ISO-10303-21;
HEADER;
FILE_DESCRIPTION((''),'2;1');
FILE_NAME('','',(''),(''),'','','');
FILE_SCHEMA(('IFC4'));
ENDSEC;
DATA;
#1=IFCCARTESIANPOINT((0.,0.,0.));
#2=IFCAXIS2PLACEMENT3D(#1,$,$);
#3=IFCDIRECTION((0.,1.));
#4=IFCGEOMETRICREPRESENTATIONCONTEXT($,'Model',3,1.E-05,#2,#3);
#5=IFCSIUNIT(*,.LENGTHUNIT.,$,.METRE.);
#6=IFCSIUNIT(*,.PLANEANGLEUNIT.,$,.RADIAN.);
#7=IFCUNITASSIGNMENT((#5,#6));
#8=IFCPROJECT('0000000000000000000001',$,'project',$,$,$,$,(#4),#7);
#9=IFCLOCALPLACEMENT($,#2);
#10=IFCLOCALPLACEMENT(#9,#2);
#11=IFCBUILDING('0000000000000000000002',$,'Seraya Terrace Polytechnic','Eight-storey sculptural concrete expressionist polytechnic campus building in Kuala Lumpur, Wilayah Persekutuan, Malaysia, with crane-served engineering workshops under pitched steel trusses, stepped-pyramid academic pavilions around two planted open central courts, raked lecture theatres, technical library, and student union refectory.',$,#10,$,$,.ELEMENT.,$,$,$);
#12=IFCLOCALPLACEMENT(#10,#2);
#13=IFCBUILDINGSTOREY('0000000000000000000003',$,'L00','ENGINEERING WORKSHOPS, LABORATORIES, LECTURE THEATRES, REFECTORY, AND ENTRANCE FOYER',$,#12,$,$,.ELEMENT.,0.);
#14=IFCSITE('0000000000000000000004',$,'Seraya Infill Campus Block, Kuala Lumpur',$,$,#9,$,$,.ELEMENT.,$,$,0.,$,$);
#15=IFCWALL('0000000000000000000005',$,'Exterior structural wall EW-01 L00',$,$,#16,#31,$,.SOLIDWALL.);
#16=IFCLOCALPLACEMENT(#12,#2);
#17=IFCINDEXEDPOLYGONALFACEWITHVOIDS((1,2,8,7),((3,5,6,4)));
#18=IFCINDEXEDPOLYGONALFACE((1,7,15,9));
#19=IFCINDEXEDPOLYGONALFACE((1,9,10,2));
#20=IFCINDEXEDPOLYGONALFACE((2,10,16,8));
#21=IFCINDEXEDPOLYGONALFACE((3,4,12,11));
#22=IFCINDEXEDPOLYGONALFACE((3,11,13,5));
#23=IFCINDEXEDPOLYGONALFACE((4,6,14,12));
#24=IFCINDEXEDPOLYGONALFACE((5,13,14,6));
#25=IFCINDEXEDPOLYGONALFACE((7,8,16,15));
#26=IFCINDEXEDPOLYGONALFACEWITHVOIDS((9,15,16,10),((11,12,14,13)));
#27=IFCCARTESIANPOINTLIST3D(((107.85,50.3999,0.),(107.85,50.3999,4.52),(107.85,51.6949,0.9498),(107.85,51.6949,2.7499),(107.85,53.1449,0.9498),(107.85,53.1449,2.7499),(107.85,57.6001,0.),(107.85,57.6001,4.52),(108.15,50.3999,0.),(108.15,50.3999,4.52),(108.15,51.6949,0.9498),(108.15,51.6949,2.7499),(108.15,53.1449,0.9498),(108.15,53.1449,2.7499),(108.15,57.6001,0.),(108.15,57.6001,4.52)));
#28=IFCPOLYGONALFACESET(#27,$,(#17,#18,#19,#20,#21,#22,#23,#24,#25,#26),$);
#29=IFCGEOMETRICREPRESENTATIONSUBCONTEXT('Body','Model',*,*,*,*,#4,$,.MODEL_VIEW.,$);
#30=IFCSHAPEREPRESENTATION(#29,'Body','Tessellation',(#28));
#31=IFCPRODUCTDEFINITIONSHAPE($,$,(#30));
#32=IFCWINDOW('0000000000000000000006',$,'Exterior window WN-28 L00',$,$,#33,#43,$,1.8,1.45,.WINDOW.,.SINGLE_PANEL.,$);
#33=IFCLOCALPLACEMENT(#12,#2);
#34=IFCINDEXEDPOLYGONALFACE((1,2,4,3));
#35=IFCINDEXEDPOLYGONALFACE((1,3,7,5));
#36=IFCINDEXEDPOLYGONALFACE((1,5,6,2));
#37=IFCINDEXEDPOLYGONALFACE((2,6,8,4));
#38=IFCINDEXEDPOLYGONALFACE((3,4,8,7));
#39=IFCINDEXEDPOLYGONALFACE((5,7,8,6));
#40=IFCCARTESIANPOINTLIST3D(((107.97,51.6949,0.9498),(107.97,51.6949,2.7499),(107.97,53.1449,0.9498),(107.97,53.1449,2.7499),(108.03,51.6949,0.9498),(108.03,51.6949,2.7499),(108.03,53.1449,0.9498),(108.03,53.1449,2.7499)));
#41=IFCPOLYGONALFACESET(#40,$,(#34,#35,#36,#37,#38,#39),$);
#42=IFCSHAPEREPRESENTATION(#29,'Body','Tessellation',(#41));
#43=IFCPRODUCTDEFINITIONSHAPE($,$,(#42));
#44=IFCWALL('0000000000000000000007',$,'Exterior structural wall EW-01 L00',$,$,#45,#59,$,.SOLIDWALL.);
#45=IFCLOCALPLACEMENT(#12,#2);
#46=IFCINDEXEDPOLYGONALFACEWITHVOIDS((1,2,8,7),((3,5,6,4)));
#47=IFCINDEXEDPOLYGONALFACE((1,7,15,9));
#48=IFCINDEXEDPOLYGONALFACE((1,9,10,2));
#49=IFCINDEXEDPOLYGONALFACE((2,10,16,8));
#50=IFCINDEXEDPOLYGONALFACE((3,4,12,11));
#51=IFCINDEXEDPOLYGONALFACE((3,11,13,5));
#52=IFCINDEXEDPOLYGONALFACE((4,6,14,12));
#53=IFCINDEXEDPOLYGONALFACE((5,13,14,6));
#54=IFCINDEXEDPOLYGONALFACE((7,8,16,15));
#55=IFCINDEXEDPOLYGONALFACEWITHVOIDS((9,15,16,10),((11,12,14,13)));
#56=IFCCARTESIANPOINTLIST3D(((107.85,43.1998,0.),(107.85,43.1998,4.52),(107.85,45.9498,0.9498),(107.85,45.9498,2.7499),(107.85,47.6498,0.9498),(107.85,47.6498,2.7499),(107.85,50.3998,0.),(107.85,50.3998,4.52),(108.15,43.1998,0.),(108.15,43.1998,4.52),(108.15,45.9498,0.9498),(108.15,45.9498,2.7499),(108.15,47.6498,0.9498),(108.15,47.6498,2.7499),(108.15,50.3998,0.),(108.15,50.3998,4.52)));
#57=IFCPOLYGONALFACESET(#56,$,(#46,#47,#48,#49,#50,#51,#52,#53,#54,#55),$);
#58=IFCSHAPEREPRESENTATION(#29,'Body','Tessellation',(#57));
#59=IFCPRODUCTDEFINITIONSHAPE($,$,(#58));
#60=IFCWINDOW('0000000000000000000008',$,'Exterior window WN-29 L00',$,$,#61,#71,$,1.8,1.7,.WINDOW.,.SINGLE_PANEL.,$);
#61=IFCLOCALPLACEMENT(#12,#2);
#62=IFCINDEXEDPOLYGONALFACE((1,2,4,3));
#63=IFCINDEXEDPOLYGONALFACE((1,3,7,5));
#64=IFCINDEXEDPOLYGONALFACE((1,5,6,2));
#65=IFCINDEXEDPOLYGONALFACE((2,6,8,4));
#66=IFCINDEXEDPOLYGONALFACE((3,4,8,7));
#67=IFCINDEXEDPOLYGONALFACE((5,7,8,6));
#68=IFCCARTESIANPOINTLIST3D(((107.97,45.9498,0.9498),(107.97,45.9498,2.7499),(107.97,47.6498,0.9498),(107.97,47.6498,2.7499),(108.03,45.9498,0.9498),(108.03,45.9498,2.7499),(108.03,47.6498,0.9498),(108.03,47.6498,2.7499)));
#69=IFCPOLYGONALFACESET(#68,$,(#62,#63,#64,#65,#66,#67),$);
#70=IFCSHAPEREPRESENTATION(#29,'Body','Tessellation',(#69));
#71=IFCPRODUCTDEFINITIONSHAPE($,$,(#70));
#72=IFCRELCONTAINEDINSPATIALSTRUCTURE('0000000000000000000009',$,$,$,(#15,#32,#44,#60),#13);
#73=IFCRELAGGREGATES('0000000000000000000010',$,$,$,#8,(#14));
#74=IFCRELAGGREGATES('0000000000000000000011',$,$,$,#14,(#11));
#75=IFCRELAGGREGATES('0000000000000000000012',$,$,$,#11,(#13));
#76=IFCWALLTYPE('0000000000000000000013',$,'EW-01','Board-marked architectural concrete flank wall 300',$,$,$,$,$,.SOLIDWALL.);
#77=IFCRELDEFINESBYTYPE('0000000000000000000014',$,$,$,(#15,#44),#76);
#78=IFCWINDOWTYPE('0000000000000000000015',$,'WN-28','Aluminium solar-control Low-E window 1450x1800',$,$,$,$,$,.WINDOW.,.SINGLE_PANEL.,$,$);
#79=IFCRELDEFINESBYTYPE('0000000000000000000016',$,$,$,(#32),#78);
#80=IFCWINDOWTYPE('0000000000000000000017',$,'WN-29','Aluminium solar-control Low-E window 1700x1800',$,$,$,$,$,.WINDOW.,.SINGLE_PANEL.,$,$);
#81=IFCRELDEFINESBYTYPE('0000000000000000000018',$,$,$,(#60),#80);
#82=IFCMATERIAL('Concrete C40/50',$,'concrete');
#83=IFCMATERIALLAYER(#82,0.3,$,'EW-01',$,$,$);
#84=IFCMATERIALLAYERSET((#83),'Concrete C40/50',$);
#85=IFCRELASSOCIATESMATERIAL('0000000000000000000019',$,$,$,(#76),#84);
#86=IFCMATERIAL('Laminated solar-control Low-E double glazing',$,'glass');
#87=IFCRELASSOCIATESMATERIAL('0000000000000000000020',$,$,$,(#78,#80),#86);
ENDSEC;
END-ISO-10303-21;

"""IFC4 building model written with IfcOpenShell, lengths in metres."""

from ifc_helpers import new_model, si_unit, direction, frame, frame_2d, origin, place, context, subcontext, project, spatial, rectangle, extrude, material, layer, layer_set, type_object, element, fill, save


model = new_model("IFC4")

# Units and contexts
model_context = context("Model", 3, precision=1e-05, world=origin(), true_north=direction((0.0, 1.0)))
body_context = subcontext(model_context, "Body", "Model", "MODEL_VIEW")
ifc_project = project(units=[si_unit("LENGTHUNIT", "METRE"), si_unit("PLANEANGLEUNIT", "RADIAN")], contexts=[model_context])

# Site, building, storey
site_placement = place(None, origin())
site = spatial("IfcSite", under=ifc_project, at=site_placement, Name="Seraya Infill Campus Block, Kuala Lumpur", CompositionType="ELEMENT", RefElevation=0.0)
building_placement = place(site_placement, origin())
building = spatial("IfcBuilding", under=site, at=building_placement, Name="Seraya Terrace Polytechnic", Description="Eight-storey sculptural concrete expressionist polytechnic campus building in Kuala Lumpur, Wilayah Persekutuan, Malaysia, with crane-served engineering workshops under pitched steel trusses, stepped-pyramid academic pavilions around two planted open central courts, raked lecture theatres, technical library, and student union refectory.", CompositionType="ELEMENT")
storey_placement = place(building_placement, origin())
storey = spatial("IfcBuildingStorey", under=building, at=storey_placement, Name="L00", Description="ENGINEERING WORKSHOPS, LABORATORIES, LECTURE THEATRES, REFECTORY, AND ENTRANCE FOYER", CompositionType="ELEMENT", Elevation=0.0)

# Shared definitions
ifc_material_1 = material(Name="Concrete C40/50", Category="concrete")

# Walls, openings, windows
ifc_layer = layer(ifc_material_1, 0.3, Name="EW-01")
ifc_layer_set = layer_set([ifc_layer], Name="Concrete C40/50")
wall_type = type_object("IfcWallType", Name="EW-01", Description="Board-marked architectural concrete flank wall 300", PredefinedType="SOLIDWALL", material=ifc_layer_set)
wall_1_placement = place(storey_placement, frame((108.0, 57.6001, 0.0), z_axis=(0.0, 0.0, 1.0), x_axis=(0.0, -1.0, 0.0)))
wall_1 = element("IfcWall", 1, at=wall_1_placement, inside=storey, type_object=wall_type, Name="Exterior structural wall EW-01 L00", PredefinedType="SOLIDWALL", context=body_context, shape_type="SweptSolid", body=[
    extrude(rectangle(XDim=7.2002, YDim=0.3, at=frame_2d((3.6001, 0.0))), origin(), (0.0, 0.0, 1.0), 4.52),
])
opening_1_placement = place(wall_1_placement, frame((4.4551, 0.0, 0.95)))
opening_1 = element("IfcOpeningElement", 2, at=opening_1_placement, cuts=wall_1, PredefinedType="OPENING", context=body_context, shape_type="SweptSolid", body=[
    extrude(rectangle(XDim=1.45, YDim=1.8, at=frame_2d((0.7251, 0.8999))), frame((0.0, 0.1621, 0.0), z_axis=(0.0, -1.0, 0.0), x_axis=(1.0, 0.0, 0.0)), (0.0, 0.0, 1.0), 0.324),
])
ifc_material_2 = material(Name="Laminated solar-control Low-E double glazing", Category="glass")
window_type_1 = type_object("IfcWindowType", Name="WN-28", Description="Aluminium solar-control Low-E window 1450x1800", PartitioningType="SINGLE_PANEL", PredefinedType="WINDOW", material=ifc_material_2)
window_1_placement = place(opening_1_placement, origin())
window_1 = element("IfcWindow", 3, at=window_1_placement, inside=storey, type_object=window_type_1, Name="Exterior window WN-28 L00", OverallHeight=1.8, OverallWidth=1.45, PartitioningType="SINGLE_PANEL", PredefinedType="WINDOW", context=body_context, shape_type="SweptSolid", body=[
    extrude(rectangle(XDim=1.45, YDim=1.8, at=frame_2d((0.7251, 0.8999))), frame((0.0, 0.03, 0.0), z_axis=(0.0, -1.0, 0.0), x_axis=(1.0, 0.0, 0.0)), (0.0, 0.0, 1.0), 0.0601),
])
fill(opening_1, window_1)
wall_2_placement = place(storey_placement, frame((108.0, 50.3999, 0.0), z_axis=(0.0, 0.0, 1.0), x_axis=(0.0, -1.0, 0.0)))
wall_2 = element("IfcWall", 4, at=wall_2_placement, inside=storey, type_object=wall_type, Name="Exterior structural wall EW-01 L00", PredefinedType="SOLIDWALL", context=body_context, shape_type="SweptSolid", body=[
    extrude(rectangle(XDim=7.2, YDim=0.3, at=frame_2d((3.6001, 0.0))), origin(), (0.0, 0.0, 1.0), 4.52),
])
opening_2_placement = place(wall_2_placement, frame((2.75, 0.0, 0.95)))
opening_2 = element("IfcOpeningElement", 5, at=opening_2_placement, cuts=wall_2, PredefinedType="OPENING", context=body_context, shape_type="SweptSolid", body=[
    extrude(rectangle(XDim=1.7, YDim=1.8, at=frame_2d((0.8501, 0.8999))), frame((0.0, 0.1621, 0.0), z_axis=(0.0, -1.0, 0.0), x_axis=(1.0, 0.0, 0.0)), (0.0, 0.0, 1.0), 0.324),
])
window_type_2 = type_object("IfcWindowType", Name="WN-29", Description="Aluminium solar-control Low-E window 1700x1800", PartitioningType="SINGLE_PANEL", PredefinedType="WINDOW", material=ifc_material_2)
window_2_placement = place(opening_2_placement, origin())
window_2 = element("IfcWindow", 6, at=window_2_placement, inside=storey, type_object=window_type_2, Name="Exterior window WN-29 L00", OverallHeight=1.8, OverallWidth=1.7, PartitioningType="SINGLE_PANEL", PredefinedType="WINDOW", context=body_context, shape_type="SweptSolid", body=[
    extrude(rectangle(XDim=1.7, YDim=1.8, at=frame_2d((0.8501, 0.8999))), frame((0.0, 0.03, 0.0), z_axis=(0.0, -1.0, 0.0), x_axis=(1.0, 0.0, 0.0)), (0.0, 0.0, 1.0), 0.0601),
])
fill(opening_2, window_2)

save(model, "model.ifc")
